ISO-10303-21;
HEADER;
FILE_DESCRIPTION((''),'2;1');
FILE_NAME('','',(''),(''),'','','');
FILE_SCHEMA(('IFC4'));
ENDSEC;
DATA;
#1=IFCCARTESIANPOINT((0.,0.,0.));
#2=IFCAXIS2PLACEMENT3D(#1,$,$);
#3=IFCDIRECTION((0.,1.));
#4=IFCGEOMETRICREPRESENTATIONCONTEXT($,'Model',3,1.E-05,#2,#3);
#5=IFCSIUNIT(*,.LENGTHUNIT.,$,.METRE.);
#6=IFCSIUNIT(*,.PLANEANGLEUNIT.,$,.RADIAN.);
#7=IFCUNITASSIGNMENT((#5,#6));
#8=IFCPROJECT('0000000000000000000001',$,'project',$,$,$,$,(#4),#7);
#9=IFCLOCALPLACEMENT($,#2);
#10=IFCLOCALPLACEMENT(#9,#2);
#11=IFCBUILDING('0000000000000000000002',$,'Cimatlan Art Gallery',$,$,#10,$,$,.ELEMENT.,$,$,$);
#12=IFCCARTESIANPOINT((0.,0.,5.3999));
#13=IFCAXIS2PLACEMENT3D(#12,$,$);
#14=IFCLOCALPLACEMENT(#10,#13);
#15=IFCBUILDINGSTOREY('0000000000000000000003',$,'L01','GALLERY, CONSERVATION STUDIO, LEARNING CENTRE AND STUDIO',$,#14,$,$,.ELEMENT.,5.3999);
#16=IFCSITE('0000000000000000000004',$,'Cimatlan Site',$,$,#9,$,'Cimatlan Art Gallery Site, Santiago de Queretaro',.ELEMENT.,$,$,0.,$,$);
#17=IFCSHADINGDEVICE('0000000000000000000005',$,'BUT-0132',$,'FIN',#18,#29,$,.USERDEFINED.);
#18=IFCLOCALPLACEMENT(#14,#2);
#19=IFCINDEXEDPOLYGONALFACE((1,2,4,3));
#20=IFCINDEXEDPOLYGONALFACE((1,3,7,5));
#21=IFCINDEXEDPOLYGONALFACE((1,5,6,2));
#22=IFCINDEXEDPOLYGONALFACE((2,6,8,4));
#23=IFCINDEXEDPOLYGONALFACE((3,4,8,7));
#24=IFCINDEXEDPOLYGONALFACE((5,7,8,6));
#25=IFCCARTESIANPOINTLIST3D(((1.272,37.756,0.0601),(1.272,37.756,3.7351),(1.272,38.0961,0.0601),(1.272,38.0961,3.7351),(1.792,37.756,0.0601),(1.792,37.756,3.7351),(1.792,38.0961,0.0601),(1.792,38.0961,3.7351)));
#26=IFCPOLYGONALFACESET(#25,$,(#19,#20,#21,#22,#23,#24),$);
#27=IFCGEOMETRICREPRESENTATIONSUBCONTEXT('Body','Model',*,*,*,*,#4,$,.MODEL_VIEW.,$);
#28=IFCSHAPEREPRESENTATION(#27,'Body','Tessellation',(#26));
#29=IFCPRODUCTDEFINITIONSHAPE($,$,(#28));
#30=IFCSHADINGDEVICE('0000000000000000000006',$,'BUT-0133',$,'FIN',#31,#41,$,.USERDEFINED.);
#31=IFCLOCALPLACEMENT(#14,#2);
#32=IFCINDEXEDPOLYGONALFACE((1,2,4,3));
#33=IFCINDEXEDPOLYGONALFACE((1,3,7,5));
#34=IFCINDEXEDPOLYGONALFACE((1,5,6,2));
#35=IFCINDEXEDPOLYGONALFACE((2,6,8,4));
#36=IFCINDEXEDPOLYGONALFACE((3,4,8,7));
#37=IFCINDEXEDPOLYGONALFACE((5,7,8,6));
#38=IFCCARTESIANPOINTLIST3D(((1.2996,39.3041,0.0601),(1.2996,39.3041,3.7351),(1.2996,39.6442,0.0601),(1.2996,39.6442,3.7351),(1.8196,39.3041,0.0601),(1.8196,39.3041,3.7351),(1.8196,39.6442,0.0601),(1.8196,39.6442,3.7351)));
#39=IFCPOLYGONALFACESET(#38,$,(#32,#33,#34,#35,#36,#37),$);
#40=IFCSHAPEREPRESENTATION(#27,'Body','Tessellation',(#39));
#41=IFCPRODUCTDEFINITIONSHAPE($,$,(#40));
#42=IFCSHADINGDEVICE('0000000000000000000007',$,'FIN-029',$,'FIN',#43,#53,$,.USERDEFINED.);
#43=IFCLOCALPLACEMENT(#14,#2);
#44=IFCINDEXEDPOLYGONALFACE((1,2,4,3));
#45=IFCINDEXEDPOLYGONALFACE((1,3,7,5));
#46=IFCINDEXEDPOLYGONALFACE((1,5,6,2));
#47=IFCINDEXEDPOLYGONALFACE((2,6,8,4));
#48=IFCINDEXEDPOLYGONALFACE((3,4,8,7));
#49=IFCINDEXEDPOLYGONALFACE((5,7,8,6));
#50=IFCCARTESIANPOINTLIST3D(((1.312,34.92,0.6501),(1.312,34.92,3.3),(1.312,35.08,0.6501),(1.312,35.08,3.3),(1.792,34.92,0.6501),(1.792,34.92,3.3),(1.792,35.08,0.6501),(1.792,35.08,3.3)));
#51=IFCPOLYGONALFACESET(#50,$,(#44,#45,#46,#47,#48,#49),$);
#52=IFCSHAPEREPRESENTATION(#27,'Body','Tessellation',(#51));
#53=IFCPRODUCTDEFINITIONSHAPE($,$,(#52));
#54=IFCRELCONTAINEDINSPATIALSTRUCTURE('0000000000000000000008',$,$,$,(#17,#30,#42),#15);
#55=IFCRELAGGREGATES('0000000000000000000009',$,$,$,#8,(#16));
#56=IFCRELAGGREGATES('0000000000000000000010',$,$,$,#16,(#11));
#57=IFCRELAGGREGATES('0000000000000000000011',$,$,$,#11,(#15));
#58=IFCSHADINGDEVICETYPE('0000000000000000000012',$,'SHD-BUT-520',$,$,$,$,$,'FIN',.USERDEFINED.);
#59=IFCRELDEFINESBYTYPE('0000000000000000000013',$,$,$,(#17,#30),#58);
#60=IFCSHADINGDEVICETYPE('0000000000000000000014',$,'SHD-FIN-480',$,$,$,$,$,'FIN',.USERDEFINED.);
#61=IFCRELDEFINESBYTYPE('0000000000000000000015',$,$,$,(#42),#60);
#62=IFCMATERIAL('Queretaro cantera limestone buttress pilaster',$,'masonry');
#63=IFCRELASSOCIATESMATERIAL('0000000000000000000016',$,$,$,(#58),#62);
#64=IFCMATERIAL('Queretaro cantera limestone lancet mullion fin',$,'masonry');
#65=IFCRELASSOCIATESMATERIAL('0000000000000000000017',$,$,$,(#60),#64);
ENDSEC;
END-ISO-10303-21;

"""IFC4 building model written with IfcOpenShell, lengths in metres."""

from ifc_helpers import new_model, si_unit, direction, frame, origin, origin_2d, place, context, subcontext, project, spatial, rectangle, extrude, material, type_object, element, save


model = new_model("IFC4")

# Units and contexts
model_context = context("Model", 3, precision=1e-05, world=origin(), true_north=direction((0.0, 1.0)))
body_context = subcontext(model_context, "Body", "Model", "MODEL_VIEW")
ifc_project = project(units=[si_unit("LENGTHUNIT", "METRE"), si_unit("PLANEANGLEUNIT", "RADIAN")], contexts=[model_context])

# Site, building, storey
site_placement = place(None, origin())
site = spatial("IfcSite", under=ifc_project, at=site_placement, Name="Cimatlan Site", LongName="Cimatlan Art Gallery Site, Santiago de Queretaro", CompositionType="ELEMENT", RefElevation=0.0)
building_placement = place(site_placement, origin())
building = spatial("IfcBuilding", under=site, at=building_placement, Name="Cimatlan Art Gallery", CompositionType="ELEMENT")
storey_placement = place(building_placement, frame((0.0, 0.0, 5.3999)))
storey = spatial("IfcBuildingStorey", under=building, at=storey_placement, Name="L01", Description="GALLERY, CONSERVATION STUDIO, LEARNING CENTRE AND STUDIO", CompositionType="ELEMENT", Elevation=5.3999)

# Shading devices
ifc_material_1 = material(Name="Queretaro cantera limestone buttress pilaster", Category="masonry")
shading_device_type_1 = type_object("IfcShadingDeviceType", Name="SHD-BUT-520", ElementType="FIN", PredefinedType="USERDEFINED", material=ifc_material_1)
for number, where, z_axis, x_axis, name in (
    (1, (1.532, 37.926, 0.0601), (0.0, 0.0, 1.0), (0.0, 1.0, 0.0), "BUT-0132"),
    (2, (1.5596, 39.4741, 0.0601), (0.0, 0.0, 1.0), (0.0, 1.0, 0.0), "BUT-0133"),
):
    element("IfcShadingDevice", number, at=place(storey_placement, frame(where, z_axis=z_axis, x_axis=x_axis)), inside=storey, type_object=shading_device_type_1, Name=name, ObjectType="FIN", PredefinedType="USERDEFINED", context=body_context, shape_type="SweptSolid", body=[
        extrude(rectangle(XDim=0.3401, YDim=0.52, at=origin_2d()), origin(), (0.0, 0.0, 1.0), 3.675),
    ])
ifc_material_2 = material(Name="Queretaro cantera limestone lancet mullion fin", Category="masonry")
shading_device_type_2 = type_object("IfcShadingDeviceType", Name="SHD-FIN-480", ElementType="FIN", PredefinedType="USERDEFINED", material=ifc_material_2)
shading_device_placement = place(storey_placement, frame((1.552, 35.0, 0.6501), z_axis=(0.0, 0.0, 1.0), x_axis=(0.0, 1.0, 0.0)))
element("IfcShadingDevice", 3, at=shading_device_placement, inside=storey, type_object=shading_device_type_2, Name="FIN-029", ObjectType="FIN", PredefinedType="USERDEFINED", context=body_context, shape_type="SweptSolid", body=[
    extrude(rectangle(XDim=0.1599, YDim=0.48, at=origin_2d()), origin(), (0.0, 0.0, 1.0), 2.6499),
])

save(model, "model.ifc")
